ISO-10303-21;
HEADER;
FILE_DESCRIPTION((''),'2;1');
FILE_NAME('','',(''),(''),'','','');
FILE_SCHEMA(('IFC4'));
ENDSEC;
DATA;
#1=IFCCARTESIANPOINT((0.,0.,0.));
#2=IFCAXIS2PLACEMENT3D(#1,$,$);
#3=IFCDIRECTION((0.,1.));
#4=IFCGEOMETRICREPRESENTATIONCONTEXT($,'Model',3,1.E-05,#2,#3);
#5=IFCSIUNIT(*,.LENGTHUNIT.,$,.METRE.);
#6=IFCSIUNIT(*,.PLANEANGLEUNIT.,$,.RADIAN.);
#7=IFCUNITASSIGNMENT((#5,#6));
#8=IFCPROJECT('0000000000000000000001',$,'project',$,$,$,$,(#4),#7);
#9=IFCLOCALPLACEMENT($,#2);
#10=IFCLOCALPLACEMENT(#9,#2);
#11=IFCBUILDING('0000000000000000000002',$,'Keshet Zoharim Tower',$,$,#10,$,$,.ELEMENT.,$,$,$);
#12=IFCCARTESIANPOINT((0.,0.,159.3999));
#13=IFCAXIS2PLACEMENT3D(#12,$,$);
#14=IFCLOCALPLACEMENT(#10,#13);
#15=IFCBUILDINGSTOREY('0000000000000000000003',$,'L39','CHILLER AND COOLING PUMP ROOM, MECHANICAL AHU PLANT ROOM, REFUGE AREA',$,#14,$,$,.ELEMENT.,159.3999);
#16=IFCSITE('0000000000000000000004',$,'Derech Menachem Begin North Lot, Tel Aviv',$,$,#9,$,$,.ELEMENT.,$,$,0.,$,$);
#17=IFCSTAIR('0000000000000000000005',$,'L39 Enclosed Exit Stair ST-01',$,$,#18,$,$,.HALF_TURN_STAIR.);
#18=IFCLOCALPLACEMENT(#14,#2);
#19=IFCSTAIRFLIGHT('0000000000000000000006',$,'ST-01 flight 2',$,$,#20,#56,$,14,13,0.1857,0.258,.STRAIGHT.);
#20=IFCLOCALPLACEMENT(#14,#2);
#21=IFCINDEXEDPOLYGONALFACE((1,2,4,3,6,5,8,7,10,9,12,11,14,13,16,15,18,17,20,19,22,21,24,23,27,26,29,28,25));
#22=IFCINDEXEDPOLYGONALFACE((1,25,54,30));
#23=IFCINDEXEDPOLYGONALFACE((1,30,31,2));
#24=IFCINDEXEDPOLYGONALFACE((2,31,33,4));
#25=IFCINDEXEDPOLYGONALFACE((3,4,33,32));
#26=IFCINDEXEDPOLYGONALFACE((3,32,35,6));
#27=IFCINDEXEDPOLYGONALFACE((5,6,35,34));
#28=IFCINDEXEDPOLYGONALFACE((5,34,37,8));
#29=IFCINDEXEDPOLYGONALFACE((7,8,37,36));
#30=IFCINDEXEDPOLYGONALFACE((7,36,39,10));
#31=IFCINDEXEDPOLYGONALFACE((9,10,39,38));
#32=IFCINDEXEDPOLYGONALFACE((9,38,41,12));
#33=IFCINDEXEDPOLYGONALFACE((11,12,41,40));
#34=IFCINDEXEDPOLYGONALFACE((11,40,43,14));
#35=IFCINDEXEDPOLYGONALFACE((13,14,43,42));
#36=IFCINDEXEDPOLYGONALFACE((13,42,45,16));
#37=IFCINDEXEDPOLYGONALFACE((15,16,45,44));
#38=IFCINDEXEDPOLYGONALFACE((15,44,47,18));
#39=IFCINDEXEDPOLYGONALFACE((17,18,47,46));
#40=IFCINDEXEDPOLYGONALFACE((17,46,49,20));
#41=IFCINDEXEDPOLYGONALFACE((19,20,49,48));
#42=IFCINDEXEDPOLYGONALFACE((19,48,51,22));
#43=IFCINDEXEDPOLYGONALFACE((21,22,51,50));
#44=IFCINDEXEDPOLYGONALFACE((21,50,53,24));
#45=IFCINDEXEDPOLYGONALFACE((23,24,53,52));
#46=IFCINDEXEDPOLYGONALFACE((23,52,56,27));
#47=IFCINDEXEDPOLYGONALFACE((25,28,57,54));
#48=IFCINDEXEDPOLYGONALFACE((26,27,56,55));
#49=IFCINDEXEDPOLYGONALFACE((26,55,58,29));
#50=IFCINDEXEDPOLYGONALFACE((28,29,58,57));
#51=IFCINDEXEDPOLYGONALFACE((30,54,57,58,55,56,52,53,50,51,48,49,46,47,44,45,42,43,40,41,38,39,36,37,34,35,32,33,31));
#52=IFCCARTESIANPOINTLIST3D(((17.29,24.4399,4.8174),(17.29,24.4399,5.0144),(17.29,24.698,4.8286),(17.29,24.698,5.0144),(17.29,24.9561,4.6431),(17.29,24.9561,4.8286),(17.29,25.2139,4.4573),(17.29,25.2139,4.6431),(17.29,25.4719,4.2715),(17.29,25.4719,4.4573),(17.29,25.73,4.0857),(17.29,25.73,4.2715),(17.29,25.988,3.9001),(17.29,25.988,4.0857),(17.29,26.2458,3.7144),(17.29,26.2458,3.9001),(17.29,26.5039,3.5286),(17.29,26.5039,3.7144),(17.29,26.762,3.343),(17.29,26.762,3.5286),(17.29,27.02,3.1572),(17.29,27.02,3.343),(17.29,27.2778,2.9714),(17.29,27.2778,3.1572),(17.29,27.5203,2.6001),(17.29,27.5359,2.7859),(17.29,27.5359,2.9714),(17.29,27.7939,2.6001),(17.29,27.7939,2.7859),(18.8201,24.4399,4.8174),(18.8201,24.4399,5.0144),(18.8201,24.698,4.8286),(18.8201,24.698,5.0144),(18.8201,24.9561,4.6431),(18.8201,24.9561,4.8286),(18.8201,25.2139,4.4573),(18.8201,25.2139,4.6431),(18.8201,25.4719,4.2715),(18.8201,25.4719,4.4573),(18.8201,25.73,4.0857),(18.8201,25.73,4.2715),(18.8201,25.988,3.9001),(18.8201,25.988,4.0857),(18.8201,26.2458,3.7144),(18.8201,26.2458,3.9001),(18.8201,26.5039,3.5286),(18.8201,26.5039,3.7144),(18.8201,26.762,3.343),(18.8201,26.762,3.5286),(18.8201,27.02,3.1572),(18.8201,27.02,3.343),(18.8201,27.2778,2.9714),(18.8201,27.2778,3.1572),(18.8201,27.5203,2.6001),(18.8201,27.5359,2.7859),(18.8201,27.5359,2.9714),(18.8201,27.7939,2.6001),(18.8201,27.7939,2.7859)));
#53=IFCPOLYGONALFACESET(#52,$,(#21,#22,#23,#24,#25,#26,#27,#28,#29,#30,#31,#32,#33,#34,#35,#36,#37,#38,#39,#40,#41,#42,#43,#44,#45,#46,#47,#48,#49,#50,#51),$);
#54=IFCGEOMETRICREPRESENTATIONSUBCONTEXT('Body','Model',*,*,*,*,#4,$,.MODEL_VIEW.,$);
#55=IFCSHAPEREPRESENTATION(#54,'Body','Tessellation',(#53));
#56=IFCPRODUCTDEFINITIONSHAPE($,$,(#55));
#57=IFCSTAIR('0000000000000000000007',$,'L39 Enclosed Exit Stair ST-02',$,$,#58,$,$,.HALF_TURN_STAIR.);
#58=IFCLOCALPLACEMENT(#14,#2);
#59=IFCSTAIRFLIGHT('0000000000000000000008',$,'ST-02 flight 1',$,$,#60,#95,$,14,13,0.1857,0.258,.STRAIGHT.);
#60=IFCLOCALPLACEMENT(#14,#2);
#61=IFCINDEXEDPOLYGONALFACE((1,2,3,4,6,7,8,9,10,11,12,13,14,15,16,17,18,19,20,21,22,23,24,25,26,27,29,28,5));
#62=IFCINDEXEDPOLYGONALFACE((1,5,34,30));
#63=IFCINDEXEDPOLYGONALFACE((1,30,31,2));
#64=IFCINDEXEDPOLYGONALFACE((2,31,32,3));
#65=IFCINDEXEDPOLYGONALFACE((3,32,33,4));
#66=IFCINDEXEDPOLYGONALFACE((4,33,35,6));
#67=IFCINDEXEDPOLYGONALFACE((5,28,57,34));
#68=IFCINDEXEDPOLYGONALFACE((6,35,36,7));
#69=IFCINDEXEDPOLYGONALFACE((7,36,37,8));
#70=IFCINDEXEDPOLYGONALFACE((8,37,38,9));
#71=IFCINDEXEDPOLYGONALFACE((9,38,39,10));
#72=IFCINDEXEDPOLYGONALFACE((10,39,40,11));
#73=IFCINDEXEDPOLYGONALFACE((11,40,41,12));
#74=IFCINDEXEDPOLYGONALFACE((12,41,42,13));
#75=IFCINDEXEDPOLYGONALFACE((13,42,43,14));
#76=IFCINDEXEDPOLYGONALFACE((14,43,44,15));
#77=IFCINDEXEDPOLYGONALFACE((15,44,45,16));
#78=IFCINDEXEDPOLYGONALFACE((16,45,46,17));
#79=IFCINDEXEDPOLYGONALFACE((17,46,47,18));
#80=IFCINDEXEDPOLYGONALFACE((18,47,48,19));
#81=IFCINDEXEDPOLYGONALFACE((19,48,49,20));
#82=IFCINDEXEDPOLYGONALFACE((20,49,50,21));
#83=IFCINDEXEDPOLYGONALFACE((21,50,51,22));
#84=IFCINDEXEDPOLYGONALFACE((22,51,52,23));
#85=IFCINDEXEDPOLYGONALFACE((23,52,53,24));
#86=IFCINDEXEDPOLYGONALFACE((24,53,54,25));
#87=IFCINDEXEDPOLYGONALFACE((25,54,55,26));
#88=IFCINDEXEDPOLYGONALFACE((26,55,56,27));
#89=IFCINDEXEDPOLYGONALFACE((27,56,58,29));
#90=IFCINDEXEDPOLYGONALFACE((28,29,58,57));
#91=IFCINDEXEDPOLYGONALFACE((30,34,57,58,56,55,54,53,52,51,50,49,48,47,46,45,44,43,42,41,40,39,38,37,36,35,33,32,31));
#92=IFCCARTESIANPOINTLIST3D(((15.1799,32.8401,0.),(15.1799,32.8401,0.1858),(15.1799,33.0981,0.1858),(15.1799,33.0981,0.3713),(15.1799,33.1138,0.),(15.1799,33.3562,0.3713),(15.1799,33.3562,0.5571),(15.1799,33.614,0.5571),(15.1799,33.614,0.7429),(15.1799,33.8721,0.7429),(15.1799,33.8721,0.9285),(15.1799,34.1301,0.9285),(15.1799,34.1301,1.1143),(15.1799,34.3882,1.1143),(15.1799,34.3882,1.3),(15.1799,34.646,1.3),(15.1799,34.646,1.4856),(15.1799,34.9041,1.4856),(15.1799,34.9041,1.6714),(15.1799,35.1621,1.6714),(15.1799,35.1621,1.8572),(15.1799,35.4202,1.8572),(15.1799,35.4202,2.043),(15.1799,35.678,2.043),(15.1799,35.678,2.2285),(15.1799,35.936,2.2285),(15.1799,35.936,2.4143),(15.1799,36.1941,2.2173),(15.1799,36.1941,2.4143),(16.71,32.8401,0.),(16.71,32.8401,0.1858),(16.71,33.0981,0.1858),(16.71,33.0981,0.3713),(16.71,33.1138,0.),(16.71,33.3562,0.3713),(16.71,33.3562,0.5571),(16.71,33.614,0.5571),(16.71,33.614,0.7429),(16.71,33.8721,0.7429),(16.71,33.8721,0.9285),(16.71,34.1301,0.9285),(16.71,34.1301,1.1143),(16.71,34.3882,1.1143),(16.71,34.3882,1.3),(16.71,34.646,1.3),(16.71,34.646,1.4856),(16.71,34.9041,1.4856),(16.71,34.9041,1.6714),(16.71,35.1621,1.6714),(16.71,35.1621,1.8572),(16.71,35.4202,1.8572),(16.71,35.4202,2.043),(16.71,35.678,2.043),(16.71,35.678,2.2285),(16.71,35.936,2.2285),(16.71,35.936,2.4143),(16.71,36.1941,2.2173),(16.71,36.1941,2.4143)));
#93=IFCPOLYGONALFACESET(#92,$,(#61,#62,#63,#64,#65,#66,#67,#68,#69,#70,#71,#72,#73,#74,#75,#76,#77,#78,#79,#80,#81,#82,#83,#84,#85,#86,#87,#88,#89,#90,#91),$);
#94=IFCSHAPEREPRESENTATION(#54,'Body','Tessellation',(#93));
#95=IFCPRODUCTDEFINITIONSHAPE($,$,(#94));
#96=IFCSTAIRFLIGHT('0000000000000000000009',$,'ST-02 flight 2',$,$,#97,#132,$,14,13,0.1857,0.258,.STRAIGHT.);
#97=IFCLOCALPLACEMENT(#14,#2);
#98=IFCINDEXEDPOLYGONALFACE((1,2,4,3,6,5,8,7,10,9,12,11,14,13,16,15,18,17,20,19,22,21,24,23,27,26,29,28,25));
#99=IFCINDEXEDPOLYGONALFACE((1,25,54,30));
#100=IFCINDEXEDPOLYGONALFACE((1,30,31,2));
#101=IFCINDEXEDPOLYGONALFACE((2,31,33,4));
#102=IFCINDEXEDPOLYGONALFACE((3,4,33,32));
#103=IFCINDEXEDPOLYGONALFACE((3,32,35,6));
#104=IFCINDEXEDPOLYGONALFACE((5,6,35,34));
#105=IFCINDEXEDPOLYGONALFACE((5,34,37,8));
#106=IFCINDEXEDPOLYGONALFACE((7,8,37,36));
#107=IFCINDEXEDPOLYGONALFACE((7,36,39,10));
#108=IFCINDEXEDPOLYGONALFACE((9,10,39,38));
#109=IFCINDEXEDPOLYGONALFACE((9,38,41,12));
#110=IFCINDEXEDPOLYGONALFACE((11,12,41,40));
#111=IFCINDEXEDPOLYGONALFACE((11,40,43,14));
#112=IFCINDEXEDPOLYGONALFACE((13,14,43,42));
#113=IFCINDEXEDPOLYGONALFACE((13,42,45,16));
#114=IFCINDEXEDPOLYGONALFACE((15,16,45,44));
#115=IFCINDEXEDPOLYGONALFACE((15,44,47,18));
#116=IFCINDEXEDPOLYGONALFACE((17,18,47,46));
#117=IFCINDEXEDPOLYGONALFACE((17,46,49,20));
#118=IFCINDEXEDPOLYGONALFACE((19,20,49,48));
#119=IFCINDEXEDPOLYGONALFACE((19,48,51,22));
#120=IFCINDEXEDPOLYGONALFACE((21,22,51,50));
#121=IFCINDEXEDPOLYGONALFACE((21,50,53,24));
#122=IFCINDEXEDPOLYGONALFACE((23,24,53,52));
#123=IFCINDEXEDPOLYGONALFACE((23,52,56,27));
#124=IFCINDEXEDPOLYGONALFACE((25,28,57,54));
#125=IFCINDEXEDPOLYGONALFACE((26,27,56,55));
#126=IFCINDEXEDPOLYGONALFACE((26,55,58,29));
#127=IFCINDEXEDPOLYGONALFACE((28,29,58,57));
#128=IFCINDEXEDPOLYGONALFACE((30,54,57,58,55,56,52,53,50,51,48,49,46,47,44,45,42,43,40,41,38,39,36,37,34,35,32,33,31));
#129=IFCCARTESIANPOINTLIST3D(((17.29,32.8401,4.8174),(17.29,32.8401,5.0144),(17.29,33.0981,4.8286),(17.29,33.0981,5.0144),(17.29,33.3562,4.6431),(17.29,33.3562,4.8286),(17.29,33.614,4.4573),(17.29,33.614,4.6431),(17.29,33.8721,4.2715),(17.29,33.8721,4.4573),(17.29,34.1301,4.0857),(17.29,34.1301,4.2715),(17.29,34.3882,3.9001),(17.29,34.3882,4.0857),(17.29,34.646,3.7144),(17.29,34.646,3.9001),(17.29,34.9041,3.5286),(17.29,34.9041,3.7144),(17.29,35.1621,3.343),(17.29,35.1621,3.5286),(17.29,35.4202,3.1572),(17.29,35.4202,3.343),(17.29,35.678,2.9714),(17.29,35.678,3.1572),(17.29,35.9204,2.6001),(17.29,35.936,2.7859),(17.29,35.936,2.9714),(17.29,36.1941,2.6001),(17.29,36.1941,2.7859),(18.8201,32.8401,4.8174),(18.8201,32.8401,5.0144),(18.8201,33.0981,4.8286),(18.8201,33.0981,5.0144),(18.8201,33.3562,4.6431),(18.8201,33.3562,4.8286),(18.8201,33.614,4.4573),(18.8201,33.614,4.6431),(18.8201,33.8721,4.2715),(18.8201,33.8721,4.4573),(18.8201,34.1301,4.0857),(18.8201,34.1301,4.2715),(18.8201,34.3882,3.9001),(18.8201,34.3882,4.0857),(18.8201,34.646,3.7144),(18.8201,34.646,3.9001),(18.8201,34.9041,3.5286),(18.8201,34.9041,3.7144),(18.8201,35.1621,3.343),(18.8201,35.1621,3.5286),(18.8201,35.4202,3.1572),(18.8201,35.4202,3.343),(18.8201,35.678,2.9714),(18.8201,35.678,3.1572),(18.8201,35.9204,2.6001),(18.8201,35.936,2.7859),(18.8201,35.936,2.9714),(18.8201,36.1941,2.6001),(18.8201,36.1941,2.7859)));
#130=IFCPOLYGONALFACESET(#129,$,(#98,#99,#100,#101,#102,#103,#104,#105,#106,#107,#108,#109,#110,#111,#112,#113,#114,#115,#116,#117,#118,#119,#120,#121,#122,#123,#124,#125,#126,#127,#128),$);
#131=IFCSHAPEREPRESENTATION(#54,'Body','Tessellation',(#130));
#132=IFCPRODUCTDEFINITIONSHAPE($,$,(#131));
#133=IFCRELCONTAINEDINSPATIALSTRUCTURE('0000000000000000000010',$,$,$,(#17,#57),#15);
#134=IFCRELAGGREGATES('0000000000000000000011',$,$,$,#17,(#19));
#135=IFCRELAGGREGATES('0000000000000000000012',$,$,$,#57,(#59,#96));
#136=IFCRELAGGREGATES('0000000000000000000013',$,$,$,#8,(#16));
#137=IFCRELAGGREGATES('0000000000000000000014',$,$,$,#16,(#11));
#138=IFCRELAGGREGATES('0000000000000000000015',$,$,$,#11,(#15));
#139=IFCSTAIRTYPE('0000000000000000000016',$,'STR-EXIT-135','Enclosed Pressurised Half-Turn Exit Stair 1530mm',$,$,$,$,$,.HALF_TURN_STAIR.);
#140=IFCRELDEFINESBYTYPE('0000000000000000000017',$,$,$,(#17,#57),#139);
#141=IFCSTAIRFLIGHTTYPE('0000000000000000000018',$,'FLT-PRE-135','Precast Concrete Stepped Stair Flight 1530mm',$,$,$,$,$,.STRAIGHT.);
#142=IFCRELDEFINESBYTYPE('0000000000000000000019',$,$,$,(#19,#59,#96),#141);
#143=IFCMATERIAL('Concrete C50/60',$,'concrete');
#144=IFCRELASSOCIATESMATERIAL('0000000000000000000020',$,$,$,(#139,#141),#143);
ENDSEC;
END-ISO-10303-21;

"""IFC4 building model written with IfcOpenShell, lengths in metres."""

from ifc_helpers import new_model, si_unit, direction, frame, origin, place, context, subcontext, project, spatial, polyline, outline, extrude, material, type_object, element, aggregate, save


model = new_model("IFC4")

# Units and contexts
model_context = context("Model", 3, precision=1e-05, world=origin(), true_north=direction((0.0, 1.0)))
body_context = subcontext(model_context, "Body", "Model", "MODEL_VIEW")
ifc_project = project(units=[si_unit("LENGTHUNIT", "METRE"), si_unit("PLANEANGLEUNIT", "RADIAN")], contexts=[model_context])

# Site, building, storey
site_placement = place(None, origin())
site = spatial("IfcSite", under=ifc_project, at=site_placement, Name="Derech Menachem Begin North Lot, Tel Aviv", CompositionType="ELEMENT", RefElevation=0.0)
building_placement = place(site_placement, origin())
building = spatial("IfcBuilding", under=site, at=building_placement, Name="Keshet Zoharim Tower", CompositionType="ELEMENT")
storey_placement = place(building_placement, frame((0.0, 0.0, 159.3999)))
storey = spatial("IfcBuildingStorey", under=building, at=storey_placement, Name="L39", Description="CHILLER AND COOLING PUMP ROOM, MECHANICAL AHU PLANT ROOM, REFUGE AREA", CompositionType="ELEMENT", Elevation=159.3999)

# Shared definitions
ifc_material_1 = material(Name="Concrete C50/60", Category="concrete")

# Stair, stair flight
stair_type = type_object("IfcStairType", Name="STR-EXIT-135", Description="Enclosed Pressurised Half-Turn Exit Stair 1530mm", PredefinedType="HALF_TURN_STAIR", material=ifc_material_1)
stair_1_placement = place(storey_placement, origin())
stair_1 = element("IfcStair", 1, at=stair_1_placement, inside=storey, type_object=stair_type, Name="L39 Enclosed Exit Stair ST-01", PredefinedType="HALF_TURN_STAIR")
stair_flight_type = type_object("IfcStairFlightType", Name="FLT-PRE-135", Description="Precast Concrete Stepped Stair Flight 1530mm", PredefinedType="STRAIGHT", material=ifc_material_1)
stair_flight_1_placement = place(storey_placement, frame((18.0549, 27.7939, 2.6001), z_axis=(0.0, 0.0, 1.0), x_axis=(0.0, -1.0, 0.0)))
stair_flight_1 = element("IfcStairFlight", 2, at=stair_flight_1_placement, type_object=stair_flight_type, Name="ST-01 flight 2", NumberOfRisers=14, NumberOfTreads=13, PredefinedType="STRAIGHT", RiserHeight=0.1857, TreadLength=0.258, context=body_context, shape_type="SweptSolid", body=[
    extrude(outline(polyline([(0.0, 0.0), (0.0, 0.1858), (0.2581, 0.1858), (0.2581, 0.3713), (0.5161, 0.3713), (0.5161, 0.5571), (0.7739, 0.5571), (0.7739, 0.7429), (1.032, 0.7429), (1.032, 0.9285), (1.29, 0.9285), (1.29, 1.1143), (1.5481, 1.1143), (1.5481, 1.3), (1.8059, 1.3), (1.8059, 1.4856), (2.064, 1.4856), (2.064, 1.6714), (2.322, 1.6714), (2.322, 1.8572), (2.5801, 1.8572), (2.5801, 2.043), (2.8379, 2.043), (2.8379, 2.2285), (3.0959, 2.2285), (3.0959, 2.4143), (3.354, 2.4143), (3.354, 2.6001), (3.354, 2.2173), (0.2737, 0.0), (0.0, 0.0)])), frame((0.0, 0.7651, 0.0), z_axis=(0.0, -1.0, 0.0), x_axis=(1.0, 0.0, 0.0)), (0.0, 0.0, 1.0), 1.53),
])
aggregate(stair_1, [stair_flight_1])

# Stair, stair flights
stair_2_placement = place(storey_placement, origin())
stair_2 = element("IfcStair", 3, at=stair_2_placement, inside=storey, type_object=stair_type, Name="L39 Enclosed Exit Stair ST-02", PredefinedType="HALF_TURN_STAIR")
stair_flight_2_placement = place(storey_placement, frame((15.9451, 32.8401, 0.0), z_axis=(0.0, 0.0, 1.0), x_axis=(0.0, 1.0, 0.0)))
stair_flight_2 = element("IfcStairFlight", 4, at=stair_flight_2_placement, type_object=stair_flight_type, Name="ST-02 flight 1", NumberOfRisers=14, NumberOfTreads=13, PredefinedType="STRAIGHT", RiserHeight=0.1857, TreadLength=0.258, context=body_context, shape_type="SweptSolid", body=[
    extrude(outline(polyline([(0.0, 0.0), (0.0, 0.1858), (0.2581, 0.1858), (0.2581, 0.3713), (0.5161, 0.3713), (0.5161, 0.5571), (0.7739, 0.5571), (0.7739, 0.7429), (1.032, 0.7429), (1.032, 0.9285), (1.29, 0.9285), (1.29, 1.1143), (1.5481, 1.1143), (1.5481, 1.3), (1.8059, 1.3), (1.8059, 1.4856), (2.064, 1.4856), (2.064, 1.6714), (2.322, 1.6714), (2.322, 1.8572), (2.5801, 1.8572), (2.5801, 2.043), (2.8379, 2.043), (2.8379, 2.2285), (3.0959, 2.2285), (3.0959, 2.4143), (3.354, 2.4143), (3.354, 2.6001), (3.354, 2.2173), (0.2737, 0.0), (0.0, 0.0)])), frame((0.0, 0.7651, 0.0), z_axis=(0.0, -1.0, 0.0), x_axis=(1.0, 0.0, 0.0)), (0.0, 0.0, 1.0), 1.53),
])
stair_flight_3_placement = place(storey_placement, frame((18.0549, 36.1941, 2.6001), z_axis=(0.0, 0.0, 1.0), x_axis=(0.0, -1.0, 0.0)))
stair_flight_3 = element("IfcStairFlight", 5, at=stair_flight_3_placement, type_object=stair_flight_type, Name="ST-02 flight 2", NumberOfRisers=14, NumberOfTreads=13, PredefinedType="STRAIGHT", RiserHeight=0.1857, TreadLength=0.258, context=body_context, shape_type="SweptSolid", body=[
    extrude(outline(polyline([(0.0, 0.0), (0.0, 0.1858), (0.2581, 0.1858), (0.2581, 0.3713), (0.5161, 0.3713), (0.5161, 0.5571), (0.7739, 0.5571), (0.7739, 0.7429), (1.032, 0.7429), (1.032, 0.9285), (1.29, 0.9285), (1.29, 1.1143), (1.5481, 1.1143), (1.5481, 1.3), (1.8059, 1.3), (1.8059, 1.4856), (2.064, 1.4856), (2.064, 1.6714), (2.322, 1.6714), (2.322, 1.8572), (2.5801, 1.8572), (2.5801, 2.043), (2.8379, 2.043), (2.8379, 2.2285), (3.0959, 2.2285), (3.0959, 2.4143), (3.354, 2.4143), (3.354, 2.6001), (3.354, 2.2173), (0.2737, 0.0), (0.0, 0.0)])), frame((0.0, 0.7651, 0.0), z_axis=(0.0, -1.0, 0.0), x_axis=(1.0, 0.0, 0.0)), (0.0, 0.0, 1.0), 1.53),
])
aggregate(stair_2, [stair_flight_2, stair_flight_3])

save(model, "model.ifc")
